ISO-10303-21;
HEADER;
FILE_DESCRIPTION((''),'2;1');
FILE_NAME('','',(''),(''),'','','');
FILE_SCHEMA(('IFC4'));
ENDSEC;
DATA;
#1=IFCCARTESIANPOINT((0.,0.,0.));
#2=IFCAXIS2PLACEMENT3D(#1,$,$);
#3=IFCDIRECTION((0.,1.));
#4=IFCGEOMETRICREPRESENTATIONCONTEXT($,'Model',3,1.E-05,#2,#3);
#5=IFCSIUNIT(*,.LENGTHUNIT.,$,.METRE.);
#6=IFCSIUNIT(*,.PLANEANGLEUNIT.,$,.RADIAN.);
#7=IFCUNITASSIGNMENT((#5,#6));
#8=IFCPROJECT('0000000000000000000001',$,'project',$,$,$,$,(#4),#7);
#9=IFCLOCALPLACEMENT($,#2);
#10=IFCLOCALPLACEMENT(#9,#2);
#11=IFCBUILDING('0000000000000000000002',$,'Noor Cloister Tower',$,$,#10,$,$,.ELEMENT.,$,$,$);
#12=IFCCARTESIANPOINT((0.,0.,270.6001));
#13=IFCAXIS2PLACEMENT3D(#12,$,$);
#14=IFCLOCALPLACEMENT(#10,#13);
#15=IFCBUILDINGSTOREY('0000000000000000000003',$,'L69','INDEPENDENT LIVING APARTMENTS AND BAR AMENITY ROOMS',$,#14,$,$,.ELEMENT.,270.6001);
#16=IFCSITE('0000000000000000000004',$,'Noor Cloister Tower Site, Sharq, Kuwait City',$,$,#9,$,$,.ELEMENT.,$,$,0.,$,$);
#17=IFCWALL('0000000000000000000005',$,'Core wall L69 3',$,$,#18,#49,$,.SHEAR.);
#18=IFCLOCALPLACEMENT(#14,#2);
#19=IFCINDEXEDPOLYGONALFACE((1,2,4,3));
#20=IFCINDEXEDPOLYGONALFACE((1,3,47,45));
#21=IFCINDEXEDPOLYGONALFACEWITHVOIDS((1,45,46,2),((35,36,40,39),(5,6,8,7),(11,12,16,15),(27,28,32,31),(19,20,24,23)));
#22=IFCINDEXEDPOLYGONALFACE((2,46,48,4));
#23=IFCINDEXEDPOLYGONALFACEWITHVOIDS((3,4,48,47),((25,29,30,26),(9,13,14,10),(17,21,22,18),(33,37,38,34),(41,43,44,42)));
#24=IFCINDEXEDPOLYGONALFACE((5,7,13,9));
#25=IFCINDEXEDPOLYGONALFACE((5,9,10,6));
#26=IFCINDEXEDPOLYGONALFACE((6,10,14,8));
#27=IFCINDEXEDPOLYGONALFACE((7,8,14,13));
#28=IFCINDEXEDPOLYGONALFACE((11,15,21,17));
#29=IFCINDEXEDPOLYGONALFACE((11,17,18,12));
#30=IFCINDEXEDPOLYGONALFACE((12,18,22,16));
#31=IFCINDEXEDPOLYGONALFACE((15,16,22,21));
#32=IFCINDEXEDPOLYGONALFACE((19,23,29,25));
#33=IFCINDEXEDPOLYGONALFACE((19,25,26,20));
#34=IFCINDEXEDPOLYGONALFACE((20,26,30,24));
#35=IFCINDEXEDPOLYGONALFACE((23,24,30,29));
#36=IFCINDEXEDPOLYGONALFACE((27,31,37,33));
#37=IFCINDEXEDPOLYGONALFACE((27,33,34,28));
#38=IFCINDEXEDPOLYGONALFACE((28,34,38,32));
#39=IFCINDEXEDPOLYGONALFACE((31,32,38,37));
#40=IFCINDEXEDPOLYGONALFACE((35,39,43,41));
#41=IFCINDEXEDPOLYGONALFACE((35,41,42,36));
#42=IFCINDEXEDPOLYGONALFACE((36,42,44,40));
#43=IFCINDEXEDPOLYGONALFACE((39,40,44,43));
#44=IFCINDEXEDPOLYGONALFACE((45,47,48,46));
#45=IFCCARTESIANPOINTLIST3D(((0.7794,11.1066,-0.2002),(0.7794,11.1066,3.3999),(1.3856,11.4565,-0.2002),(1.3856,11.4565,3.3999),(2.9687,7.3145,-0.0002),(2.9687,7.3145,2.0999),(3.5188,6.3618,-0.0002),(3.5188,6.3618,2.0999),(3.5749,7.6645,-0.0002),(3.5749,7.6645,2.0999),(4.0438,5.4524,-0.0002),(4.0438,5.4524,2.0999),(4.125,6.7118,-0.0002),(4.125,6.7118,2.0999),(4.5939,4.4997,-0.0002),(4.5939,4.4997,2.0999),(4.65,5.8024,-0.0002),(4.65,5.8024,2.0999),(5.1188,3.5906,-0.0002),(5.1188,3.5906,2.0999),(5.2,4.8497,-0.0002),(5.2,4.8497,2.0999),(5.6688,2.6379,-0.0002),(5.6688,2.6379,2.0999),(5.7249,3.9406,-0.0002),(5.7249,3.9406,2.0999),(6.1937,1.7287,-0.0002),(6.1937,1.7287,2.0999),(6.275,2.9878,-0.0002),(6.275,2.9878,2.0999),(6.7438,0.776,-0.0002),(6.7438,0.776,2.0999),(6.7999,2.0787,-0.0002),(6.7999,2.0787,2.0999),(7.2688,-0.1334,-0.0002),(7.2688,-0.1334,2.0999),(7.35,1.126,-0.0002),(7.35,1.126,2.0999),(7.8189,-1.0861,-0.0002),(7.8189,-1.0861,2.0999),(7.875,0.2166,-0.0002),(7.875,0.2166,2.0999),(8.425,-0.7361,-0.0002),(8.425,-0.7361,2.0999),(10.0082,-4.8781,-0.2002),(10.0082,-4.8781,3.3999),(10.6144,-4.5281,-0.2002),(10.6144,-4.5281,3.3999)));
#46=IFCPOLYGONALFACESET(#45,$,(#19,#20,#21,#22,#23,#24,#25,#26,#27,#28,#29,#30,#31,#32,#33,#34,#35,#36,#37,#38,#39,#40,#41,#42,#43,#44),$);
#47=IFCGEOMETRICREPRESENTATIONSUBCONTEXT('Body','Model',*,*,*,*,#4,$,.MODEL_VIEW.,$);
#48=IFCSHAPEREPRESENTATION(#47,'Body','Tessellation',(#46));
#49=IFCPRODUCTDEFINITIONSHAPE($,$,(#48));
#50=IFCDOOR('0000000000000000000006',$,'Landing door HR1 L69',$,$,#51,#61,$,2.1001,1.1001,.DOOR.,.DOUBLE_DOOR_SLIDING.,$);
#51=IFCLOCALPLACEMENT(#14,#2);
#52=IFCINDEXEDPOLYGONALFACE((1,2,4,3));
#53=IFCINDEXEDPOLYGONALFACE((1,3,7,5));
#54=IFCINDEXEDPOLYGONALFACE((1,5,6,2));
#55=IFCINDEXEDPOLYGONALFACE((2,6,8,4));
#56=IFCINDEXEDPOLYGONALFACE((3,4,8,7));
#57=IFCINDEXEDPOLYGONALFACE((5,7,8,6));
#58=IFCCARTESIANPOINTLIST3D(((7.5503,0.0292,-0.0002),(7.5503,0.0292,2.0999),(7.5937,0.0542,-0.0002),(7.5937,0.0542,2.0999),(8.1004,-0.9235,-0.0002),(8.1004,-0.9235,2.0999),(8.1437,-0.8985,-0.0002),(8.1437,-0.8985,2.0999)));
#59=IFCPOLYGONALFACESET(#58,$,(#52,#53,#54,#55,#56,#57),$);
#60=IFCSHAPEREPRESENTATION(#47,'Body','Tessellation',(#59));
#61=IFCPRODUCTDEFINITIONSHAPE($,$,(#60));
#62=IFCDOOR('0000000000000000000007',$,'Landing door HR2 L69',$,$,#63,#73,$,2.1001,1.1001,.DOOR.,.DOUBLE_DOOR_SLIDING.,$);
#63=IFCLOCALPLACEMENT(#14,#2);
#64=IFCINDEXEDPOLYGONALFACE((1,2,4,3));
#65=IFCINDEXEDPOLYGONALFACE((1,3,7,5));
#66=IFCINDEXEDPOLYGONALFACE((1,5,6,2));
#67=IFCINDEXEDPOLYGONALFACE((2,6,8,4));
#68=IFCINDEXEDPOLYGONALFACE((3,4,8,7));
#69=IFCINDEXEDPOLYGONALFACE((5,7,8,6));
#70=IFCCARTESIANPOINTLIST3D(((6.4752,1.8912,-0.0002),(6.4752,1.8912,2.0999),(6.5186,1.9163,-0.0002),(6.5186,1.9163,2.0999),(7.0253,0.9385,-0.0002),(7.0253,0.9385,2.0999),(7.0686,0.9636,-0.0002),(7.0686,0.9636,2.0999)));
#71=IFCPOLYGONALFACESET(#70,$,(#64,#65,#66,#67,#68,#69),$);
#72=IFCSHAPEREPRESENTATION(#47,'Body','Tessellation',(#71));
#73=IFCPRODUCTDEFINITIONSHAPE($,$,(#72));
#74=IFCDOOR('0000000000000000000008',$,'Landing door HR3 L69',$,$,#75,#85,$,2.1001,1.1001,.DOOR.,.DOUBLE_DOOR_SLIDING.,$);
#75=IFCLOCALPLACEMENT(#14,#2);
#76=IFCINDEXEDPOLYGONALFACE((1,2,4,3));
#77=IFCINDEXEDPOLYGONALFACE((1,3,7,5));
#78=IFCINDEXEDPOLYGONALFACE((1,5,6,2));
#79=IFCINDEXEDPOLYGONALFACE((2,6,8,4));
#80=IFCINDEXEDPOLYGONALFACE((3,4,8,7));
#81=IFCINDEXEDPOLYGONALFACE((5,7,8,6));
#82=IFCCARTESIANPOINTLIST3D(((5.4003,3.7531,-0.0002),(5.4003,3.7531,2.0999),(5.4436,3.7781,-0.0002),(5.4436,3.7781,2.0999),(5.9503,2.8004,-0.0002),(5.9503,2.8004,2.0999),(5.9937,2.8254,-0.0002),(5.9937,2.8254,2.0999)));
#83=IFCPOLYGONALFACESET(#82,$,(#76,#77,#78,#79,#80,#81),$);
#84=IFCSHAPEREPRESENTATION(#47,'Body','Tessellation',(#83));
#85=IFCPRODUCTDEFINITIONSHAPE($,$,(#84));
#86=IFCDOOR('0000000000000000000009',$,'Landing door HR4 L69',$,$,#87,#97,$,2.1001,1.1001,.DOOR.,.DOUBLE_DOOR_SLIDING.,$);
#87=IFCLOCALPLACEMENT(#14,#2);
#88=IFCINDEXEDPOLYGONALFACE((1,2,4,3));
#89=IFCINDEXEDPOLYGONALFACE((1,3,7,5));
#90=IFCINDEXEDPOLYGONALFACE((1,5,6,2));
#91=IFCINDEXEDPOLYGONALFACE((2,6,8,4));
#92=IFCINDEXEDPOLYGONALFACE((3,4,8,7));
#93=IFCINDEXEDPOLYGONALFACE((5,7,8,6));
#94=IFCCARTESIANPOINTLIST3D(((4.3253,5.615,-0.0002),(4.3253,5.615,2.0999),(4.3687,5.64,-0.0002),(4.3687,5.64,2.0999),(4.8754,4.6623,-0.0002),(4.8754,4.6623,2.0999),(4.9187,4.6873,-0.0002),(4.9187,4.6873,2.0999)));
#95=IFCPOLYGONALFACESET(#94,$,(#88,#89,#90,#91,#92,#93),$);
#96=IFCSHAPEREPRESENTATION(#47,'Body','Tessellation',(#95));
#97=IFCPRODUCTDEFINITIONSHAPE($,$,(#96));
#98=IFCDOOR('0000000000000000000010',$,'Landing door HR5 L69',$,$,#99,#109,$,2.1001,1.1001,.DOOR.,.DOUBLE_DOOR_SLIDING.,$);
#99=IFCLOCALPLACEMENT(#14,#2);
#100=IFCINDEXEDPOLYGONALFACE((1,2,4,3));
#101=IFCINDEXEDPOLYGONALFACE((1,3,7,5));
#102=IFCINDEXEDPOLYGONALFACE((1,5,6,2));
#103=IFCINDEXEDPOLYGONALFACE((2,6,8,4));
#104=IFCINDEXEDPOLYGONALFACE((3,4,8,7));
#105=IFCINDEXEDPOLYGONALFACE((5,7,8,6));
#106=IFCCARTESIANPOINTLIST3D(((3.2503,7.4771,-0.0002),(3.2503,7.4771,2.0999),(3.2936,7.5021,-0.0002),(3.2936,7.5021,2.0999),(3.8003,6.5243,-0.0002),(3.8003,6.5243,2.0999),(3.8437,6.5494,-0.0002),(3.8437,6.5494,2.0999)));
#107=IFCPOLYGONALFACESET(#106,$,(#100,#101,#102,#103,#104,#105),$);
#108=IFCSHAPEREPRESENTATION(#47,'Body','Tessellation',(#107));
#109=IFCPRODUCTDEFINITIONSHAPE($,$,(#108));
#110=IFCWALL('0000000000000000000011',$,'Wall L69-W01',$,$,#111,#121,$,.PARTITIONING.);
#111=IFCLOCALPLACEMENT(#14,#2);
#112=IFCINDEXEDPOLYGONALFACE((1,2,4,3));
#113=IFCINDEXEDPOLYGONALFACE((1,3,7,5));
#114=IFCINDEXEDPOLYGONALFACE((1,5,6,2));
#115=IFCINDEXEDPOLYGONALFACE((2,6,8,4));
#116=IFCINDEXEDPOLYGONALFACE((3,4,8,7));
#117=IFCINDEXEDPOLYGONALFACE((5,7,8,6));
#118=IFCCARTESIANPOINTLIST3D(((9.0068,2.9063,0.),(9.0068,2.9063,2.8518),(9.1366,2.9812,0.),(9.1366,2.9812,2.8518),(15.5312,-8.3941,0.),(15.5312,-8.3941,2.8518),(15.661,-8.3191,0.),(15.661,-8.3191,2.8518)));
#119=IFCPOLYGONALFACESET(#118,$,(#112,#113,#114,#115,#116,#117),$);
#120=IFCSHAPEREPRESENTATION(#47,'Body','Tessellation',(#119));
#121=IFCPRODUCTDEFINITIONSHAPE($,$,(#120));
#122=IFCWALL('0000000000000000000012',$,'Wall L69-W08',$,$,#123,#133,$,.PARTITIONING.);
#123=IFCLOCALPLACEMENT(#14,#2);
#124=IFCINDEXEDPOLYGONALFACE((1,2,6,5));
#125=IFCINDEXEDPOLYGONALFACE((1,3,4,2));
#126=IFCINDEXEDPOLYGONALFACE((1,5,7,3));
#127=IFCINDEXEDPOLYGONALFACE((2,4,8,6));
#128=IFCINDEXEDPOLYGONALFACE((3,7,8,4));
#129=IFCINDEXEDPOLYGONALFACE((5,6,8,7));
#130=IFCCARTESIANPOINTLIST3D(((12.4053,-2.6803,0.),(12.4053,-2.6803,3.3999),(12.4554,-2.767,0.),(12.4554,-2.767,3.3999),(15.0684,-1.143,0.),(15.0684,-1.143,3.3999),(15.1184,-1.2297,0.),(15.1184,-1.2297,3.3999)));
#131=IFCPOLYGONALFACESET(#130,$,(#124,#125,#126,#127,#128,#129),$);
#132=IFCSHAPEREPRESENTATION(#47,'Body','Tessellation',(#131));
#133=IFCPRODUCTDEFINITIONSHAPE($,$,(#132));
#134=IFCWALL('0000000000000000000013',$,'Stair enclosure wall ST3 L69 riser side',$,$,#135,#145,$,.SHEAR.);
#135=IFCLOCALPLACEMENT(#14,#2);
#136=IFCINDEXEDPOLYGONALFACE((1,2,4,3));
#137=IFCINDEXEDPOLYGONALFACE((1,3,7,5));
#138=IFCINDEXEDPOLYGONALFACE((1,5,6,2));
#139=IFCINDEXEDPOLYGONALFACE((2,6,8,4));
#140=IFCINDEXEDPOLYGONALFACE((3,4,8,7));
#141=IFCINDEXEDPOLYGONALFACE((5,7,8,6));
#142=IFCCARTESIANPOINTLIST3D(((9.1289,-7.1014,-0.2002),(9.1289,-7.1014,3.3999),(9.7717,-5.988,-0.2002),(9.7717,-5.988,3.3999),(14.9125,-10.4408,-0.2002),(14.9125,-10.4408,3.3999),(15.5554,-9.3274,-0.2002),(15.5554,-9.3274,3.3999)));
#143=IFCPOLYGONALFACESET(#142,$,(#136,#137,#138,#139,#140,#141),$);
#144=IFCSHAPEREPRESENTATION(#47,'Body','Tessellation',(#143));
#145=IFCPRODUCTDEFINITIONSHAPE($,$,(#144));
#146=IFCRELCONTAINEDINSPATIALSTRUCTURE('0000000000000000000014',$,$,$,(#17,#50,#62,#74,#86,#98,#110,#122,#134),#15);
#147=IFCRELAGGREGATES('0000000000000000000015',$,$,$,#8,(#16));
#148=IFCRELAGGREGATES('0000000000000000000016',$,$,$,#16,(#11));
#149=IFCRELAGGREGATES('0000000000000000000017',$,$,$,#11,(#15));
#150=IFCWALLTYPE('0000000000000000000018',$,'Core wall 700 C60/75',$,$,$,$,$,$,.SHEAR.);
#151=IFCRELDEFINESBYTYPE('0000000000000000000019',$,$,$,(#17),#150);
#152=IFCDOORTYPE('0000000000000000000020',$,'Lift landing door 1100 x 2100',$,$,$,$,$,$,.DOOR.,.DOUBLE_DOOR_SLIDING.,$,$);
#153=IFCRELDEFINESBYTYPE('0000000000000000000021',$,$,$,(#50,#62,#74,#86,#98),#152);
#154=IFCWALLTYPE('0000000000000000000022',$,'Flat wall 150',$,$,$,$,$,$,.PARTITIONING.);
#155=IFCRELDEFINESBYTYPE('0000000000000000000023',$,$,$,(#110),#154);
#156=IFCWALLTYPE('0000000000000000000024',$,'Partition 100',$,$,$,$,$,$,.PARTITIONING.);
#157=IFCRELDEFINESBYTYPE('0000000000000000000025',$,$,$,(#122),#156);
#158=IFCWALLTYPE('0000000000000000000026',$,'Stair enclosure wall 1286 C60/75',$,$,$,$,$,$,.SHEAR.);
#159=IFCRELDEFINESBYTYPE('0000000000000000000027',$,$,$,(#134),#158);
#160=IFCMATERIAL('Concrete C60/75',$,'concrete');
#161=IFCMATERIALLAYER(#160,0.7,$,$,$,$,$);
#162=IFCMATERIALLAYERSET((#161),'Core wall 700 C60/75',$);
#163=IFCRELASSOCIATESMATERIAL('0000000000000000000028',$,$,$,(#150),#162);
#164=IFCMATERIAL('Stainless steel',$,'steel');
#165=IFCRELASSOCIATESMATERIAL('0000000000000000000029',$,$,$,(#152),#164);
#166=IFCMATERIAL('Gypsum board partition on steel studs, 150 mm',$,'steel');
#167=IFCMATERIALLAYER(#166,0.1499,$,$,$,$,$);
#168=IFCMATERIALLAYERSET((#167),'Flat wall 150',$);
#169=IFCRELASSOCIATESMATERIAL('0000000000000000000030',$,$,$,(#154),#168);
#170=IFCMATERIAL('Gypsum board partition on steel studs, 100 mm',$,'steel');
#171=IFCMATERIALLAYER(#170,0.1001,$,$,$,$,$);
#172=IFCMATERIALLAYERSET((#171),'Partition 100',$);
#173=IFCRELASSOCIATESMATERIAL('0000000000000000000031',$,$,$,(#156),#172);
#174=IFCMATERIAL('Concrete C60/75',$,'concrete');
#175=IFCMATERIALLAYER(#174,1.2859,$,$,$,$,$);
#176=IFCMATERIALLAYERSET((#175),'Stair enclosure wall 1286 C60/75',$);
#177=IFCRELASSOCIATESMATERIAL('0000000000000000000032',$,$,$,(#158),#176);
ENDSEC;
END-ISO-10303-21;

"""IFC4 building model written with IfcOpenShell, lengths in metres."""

from ifc_helpers import new_model, si_unit, direction, frame, frame_2d, origin, place, context, subcontext, project, spatial, rectangle, extrude, material, layer, layer_set, type_object, element, fill, save


model = new_model("IFC4")

# Units and contexts
model_context = context("Model", 3, precision=1e-05, world=origin(), true_north=direction((0.0, 1.0)))
body_context = subcontext(model_context, "Body", "Model", "MODEL_VIEW")
ifc_project = project(units=[si_unit("LENGTHUNIT", "METRE"), si_unit("PLANEANGLEUNIT", "RADIAN")], contexts=[model_context])

# Site, building, storey
site_placement = place(None, origin())
site = spatial("IfcSite", under=ifc_project, at=site_placement, Name="Noor Cloister Tower Site, Sharq, Kuwait City", CompositionType="ELEMENT", RefElevation=0.0)
building_placement = place(site_placement, origin())
building = spatial("IfcBuilding", under=site, at=building_placement, Name="Noor Cloister Tower", CompositionType="ELEMENT")
storey_placement = place(building_placement, frame((0.0, 0.0, 270.6001)))
storey = spatial("IfcBuildingStorey", under=building, at=storey_placement, Name="L69", Description="INDEPENDENT LIVING APARTMENTS AND BAR AMENITY ROOMS", CompositionType="ELEMENT", Elevation=270.6001)

# Wall, openings, doors
ifc_material_1 = material(Name="Concrete C60/75", Category="concrete")
ifc_layer_1 = layer(ifc_material_1, 0.7)
ifc_layer_set_1 = layer_set([ifc_layer_1], Name="Core wall 700 C60/75")
wall_type_1 = type_object("IfcWallType", Name="Core wall 700 C60/75", PredefinedType="SHEAR", material=ifc_layer_set_1)
wall_1_placement = place(storey_placement, frame((10.3113, -4.7031, -0.2002), z_axis=(0.0, 0.0, 1.0), x_axis=(-0.500001, 0.866025, 0.0)))
wall_1 = element("IfcWall", 1, at=wall_1_placement, inside=storey, type_object=wall_type_1, Name="Core wall L69 3", PredefinedType="SHEAR", context=body_context, shape_type="SweptSolid", body=[
    extrude(rectangle(XDim=18.4575, YDim=0.7, at=frame_2d((9.2288, 0.0))), origin(), (0.0, 0.0, 1.0), 3.6001),
])
opening_1_placement = place(wall_1_placement, frame((4.3787, 0.0, 0.2)))
opening_1 = element("IfcOpeningElement", 2, at=opening_1_placement, cuts=wall_1, PredefinedType="OPENING", context=body_context, shape_type="SweptSolid", body=[
    extrude(rectangle(XDim=1.1001, YDim=2.1001, at=frame_2d((0.55, 1.05))), frame((0.0, 0.3599, 0.0), z_axis=(0.0, -1.0, 0.0), x_axis=(1.0, 0.0, 0.0)), (0.0, 0.0, 1.0), 0.72),
])
opening_2_placement = place(wall_1_placement, frame((6.5288, 0.0, 0.2)))
opening_2 = element("IfcOpeningElement", 3, at=opening_2_placement, cuts=wall_1, PredefinedType="OPENING", context=body_context, shape_type="SweptSolid", body=[
    extrude(rectangle(XDim=1.1001, YDim=2.1001, at=frame_2d((0.55, 1.05))), frame((0.0, 0.3599, 0.0), z_axis=(0.0, -1.0, 0.0), x_axis=(1.0, 0.0, 0.0)), (0.0, 0.0, 1.0), 0.72),
])
opening_3_placement = place(wall_1_placement, frame((8.6787, 0.0, 0.2)))
opening_3 = element("IfcOpeningElement", 4, at=opening_3_placement, cuts=wall_1, PredefinedType="OPENING", context=body_context, shape_type="SweptSolid", body=[
    extrude(rectangle(XDim=1.1001, YDim=2.1001, at=frame_2d((0.55, 1.05))), frame((0.0, 0.3599, 0.0), z_axis=(0.0, -1.0, 0.0), x_axis=(1.0, 0.0, 0.0)), (0.0, 0.0, 1.0), 0.72),
])
opening_4_placement = place(wall_1_placement, frame((10.8286, 0.0, 0.2)))
opening_4 = element("IfcOpeningElement", 5, at=opening_4_placement, cuts=wall_1, PredefinedType="OPENING", context=body_context, shape_type="SweptSolid", body=[
    extrude(rectangle(XDim=1.1001, YDim=2.1001, at=frame_2d((0.55, 1.05))), frame((0.0, 0.3599, 0.0), z_axis=(0.0, -1.0, 0.0), x_axis=(1.0, 0.0, 0.0)), (0.0, 0.0, 1.0), 0.72),
])
opening_5_placement = place(wall_1_placement, frame((12.9788, 0.0, 0.2)))
opening_5 = element("IfcOpeningElement", 6, at=opening_5_placement, cuts=wall_1, PredefinedType="OPENING", context=body_context, shape_type="SweptSolid", body=[
    extrude(rectangle(XDim=1.1001, YDim=2.1001, at=frame_2d((0.55, 1.05))), frame((0.0, 0.3599, 0.0), z_axis=(0.0, -1.0, 0.0), x_axis=(1.0, 0.0, 0.0)), (0.0, 0.0, 1.0), 0.72),
])
ifc_material_2 = material(Name="Stainless steel", Category="steel")
door_type = type_object("IfcDoorType", Name="Lift landing door 1100 x 2100", OperationType="DOUBLE_DOOR_SLIDING", PredefinedType="DOOR", material=ifc_material_2)
door_1_placement = place(opening_1_placement, origin())
door_1 = element("IfcDoor", 7, at=door_1_placement, inside=storey, type_object=door_type, Name="Landing door HR1 L69", OperationType="DOUBLE_DOOR_SLIDING", OverallHeight=2.1001, OverallWidth=1.1001, PredefinedType="DOOR", context=body_context, shape_type="SweptSolid", body=[
    extrude(rectangle(XDim=1.1001, YDim=2.1001, at=frame_2d((0.55, 1.05))), frame((0.0, 0.0249, 0.0), z_axis=(0.0, -1.0, 0.0), x_axis=(1.0, 0.0, 0.0)), (0.0, 0.0, 1.0), 0.05),
])
fill(opening_1, door_1)
door_2_placement = place(opening_2_placement, origin())
door_2 = element("IfcDoor", 8, at=door_2_placement, inside=storey, type_object=door_type, Name="Landing door HR2 L69", OperationType="DOUBLE_DOOR_SLIDING", OverallHeight=2.1001, OverallWidth=1.1001, PredefinedType="DOOR", context=body_context, shape_type="SweptSolid", body=[
    extrude(rectangle(XDim=1.1001, YDim=2.1001, at=frame_2d((0.55, 1.05))), frame((0.0, 0.0249, 0.0), z_axis=(0.0, -1.0, 0.0), x_axis=(1.0, 0.0, 0.0)), (0.0, 0.0, 1.0), 0.05),
])
fill(opening_2, door_2)
door_3_placement = place(opening_3_placement, origin())
door_3 = element("IfcDoor", 9, at=door_3_placement, inside=storey, type_object=door_type, Name="Landing door HR3 L69", OperationType="DOUBLE_DOOR_SLIDING", OverallHeight=2.1001, OverallWidth=1.1001, PredefinedType="DOOR", context=body_context, shape_type="SweptSolid", body=[
    extrude(rectangle(XDim=1.1001, YDim=2.1001, at=frame_2d((0.55, 1.05))), frame((0.0, 0.0249, 0.0), z_axis=(0.0, -1.0, 0.0), x_axis=(1.0, 0.0, 0.0)), (0.0, 0.0, 1.0), 0.05),
])
fill(opening_3, door_3)
door_4_placement = place(opening_4_placement, origin())
door_4 = element("IfcDoor", 10, at=door_4_placement, inside=storey, type_object=door_type, Name="Landing door HR4 L69", OperationType="DOUBLE_DOOR_SLIDING", OverallHeight=2.1001, OverallWidth=1.1001, PredefinedType="DOOR", context=body_context, shape_type="SweptSolid", body=[
    extrude(rectangle(XDim=1.1001, YDim=2.1001, at=frame_2d((0.55, 1.05))), frame((0.0, 0.0249, 0.0), z_axis=(0.0, -1.0, 0.0), x_axis=(1.0, 0.0, 0.0)), (0.0, 0.0, 1.0), 0.05),
])
fill(opening_4, door_4)
door_5_placement = place(opening_5_placement, origin())
door_5 = element("IfcDoor", 11, at=door_5_placement, inside=storey, type_object=door_type, Name="Landing door HR5 L69", OperationType="DOUBLE_DOOR_SLIDING", OverallHeight=2.1001, OverallWidth=1.1001, PredefinedType="DOOR", context=body_context, shape_type="SweptSolid", body=[
    extrude(rectangle(XDim=1.1001, YDim=2.1001, at=frame_2d((0.55, 1.05))), frame((0.0, 0.0249, 0.0), z_axis=(0.0, -1.0, 0.0), x_axis=(1.0, 0.0, 0.0)), (0.0, 0.0, 1.0), 0.05),
])
fill(opening_5, door_5)

# Walls
ifc_material_3 = material(Name="Gypsum board partition on steel studs, 150 mm", Category="steel")
ifc_layer_2 = layer(ifc_material_3, 0.1499)
ifc_layer_set_2 = layer_set([ifc_layer_2], Name="Flat wall 150")
wall_type_2 = type_object("IfcWallType", Name="Flat wall 150", PredefinedType="PARTITIONING", material=ifc_layer_set_2)
wall_2_placement = place(storey_placement, frame((15.5962, -8.3567, 0.0), z_axis=(0.0, 0.0, 1.0), x_axis=(-0.500011, 0.866019, 0.0)))
element("IfcWall", 12, at=wall_2_placement, inside=storey, type_object=wall_type_2, Name="Wall L69-W01", PredefinedType="PARTITIONING", context=body_context, shape_type="SweptSolid", body=[
    extrude(rectangle(XDim=13.0486, YDim=0.1499, at=frame_2d((6.5244, 0.0))), origin(), (0.0, 0.0, 1.0), 2.8518),
])
ifc_material_4 = material(Name="Gypsum board partition on steel studs, 100 mm", Category="steel")
ifc_layer_3 = layer(ifc_material_4, 0.1001)
ifc_layer_set_3 = layer_set([ifc_layer_3], Name="Partition 100")
wall_type_3 = type_object("IfcWallType", Name="Partition 100", PredefinedType="PARTITIONING", material=ifc_layer_set_3)
wall_3_placement = place(storey_placement, frame((15.0935, -1.1863, 0.0), z_axis=(0.0, 0.0, 1.0), x_axis=(-0.866051, -0.499956, 0.0)))
element("IfcWall", 13, at=wall_3_placement, inside=storey, type_object=wall_type_3, Name="Wall L69-W08", PredefinedType="PARTITIONING", context=body_context, shape_type="SweptSolid", body=[
    extrude(rectangle(XDim=3.075, YDim=0.1001, at=frame_2d((1.5376, 0.0))), origin(), (0.0, 0.0, 1.0), 3.3999),
])
ifc_material_5 = material(Name="Concrete C60/75", Category="concrete")
ifc_layer_4 = layer(ifc_material_5, 1.2859)
ifc_layer_set_4 = layer_set([ifc_layer_4], Name="Stair enclosure wall 1286 C60/75")
wall_type_4 = type_object("IfcWallType", Name="Stair enclosure wall 1286 C60/75", PredefinedType="SHEAR", material=ifc_layer_set_4)
wall_4_placement = place(storey_placement, frame((9.4502, -6.5447, -0.2002), z_axis=(0.0, 0.0, 1.0), x_axis=(0.866016, -0.500016, 0.0)))
element("IfcWall", 14, at=wall_4_placement, inside=storey, type_object=wall_type_4, Name="Stair enclosure wall ST3 L69 riser side", PredefinedType="SHEAR", context=body_context, shape_type="SweptSolid", body=[
    extrude(rectangle(XDim=6.6785, YDim=1.2856, at=frame_2d((3.3394, 0.0))), origin(), (0.0, 0.0, 1.0), 3.6001),
])

save(model, "model.ifc")
